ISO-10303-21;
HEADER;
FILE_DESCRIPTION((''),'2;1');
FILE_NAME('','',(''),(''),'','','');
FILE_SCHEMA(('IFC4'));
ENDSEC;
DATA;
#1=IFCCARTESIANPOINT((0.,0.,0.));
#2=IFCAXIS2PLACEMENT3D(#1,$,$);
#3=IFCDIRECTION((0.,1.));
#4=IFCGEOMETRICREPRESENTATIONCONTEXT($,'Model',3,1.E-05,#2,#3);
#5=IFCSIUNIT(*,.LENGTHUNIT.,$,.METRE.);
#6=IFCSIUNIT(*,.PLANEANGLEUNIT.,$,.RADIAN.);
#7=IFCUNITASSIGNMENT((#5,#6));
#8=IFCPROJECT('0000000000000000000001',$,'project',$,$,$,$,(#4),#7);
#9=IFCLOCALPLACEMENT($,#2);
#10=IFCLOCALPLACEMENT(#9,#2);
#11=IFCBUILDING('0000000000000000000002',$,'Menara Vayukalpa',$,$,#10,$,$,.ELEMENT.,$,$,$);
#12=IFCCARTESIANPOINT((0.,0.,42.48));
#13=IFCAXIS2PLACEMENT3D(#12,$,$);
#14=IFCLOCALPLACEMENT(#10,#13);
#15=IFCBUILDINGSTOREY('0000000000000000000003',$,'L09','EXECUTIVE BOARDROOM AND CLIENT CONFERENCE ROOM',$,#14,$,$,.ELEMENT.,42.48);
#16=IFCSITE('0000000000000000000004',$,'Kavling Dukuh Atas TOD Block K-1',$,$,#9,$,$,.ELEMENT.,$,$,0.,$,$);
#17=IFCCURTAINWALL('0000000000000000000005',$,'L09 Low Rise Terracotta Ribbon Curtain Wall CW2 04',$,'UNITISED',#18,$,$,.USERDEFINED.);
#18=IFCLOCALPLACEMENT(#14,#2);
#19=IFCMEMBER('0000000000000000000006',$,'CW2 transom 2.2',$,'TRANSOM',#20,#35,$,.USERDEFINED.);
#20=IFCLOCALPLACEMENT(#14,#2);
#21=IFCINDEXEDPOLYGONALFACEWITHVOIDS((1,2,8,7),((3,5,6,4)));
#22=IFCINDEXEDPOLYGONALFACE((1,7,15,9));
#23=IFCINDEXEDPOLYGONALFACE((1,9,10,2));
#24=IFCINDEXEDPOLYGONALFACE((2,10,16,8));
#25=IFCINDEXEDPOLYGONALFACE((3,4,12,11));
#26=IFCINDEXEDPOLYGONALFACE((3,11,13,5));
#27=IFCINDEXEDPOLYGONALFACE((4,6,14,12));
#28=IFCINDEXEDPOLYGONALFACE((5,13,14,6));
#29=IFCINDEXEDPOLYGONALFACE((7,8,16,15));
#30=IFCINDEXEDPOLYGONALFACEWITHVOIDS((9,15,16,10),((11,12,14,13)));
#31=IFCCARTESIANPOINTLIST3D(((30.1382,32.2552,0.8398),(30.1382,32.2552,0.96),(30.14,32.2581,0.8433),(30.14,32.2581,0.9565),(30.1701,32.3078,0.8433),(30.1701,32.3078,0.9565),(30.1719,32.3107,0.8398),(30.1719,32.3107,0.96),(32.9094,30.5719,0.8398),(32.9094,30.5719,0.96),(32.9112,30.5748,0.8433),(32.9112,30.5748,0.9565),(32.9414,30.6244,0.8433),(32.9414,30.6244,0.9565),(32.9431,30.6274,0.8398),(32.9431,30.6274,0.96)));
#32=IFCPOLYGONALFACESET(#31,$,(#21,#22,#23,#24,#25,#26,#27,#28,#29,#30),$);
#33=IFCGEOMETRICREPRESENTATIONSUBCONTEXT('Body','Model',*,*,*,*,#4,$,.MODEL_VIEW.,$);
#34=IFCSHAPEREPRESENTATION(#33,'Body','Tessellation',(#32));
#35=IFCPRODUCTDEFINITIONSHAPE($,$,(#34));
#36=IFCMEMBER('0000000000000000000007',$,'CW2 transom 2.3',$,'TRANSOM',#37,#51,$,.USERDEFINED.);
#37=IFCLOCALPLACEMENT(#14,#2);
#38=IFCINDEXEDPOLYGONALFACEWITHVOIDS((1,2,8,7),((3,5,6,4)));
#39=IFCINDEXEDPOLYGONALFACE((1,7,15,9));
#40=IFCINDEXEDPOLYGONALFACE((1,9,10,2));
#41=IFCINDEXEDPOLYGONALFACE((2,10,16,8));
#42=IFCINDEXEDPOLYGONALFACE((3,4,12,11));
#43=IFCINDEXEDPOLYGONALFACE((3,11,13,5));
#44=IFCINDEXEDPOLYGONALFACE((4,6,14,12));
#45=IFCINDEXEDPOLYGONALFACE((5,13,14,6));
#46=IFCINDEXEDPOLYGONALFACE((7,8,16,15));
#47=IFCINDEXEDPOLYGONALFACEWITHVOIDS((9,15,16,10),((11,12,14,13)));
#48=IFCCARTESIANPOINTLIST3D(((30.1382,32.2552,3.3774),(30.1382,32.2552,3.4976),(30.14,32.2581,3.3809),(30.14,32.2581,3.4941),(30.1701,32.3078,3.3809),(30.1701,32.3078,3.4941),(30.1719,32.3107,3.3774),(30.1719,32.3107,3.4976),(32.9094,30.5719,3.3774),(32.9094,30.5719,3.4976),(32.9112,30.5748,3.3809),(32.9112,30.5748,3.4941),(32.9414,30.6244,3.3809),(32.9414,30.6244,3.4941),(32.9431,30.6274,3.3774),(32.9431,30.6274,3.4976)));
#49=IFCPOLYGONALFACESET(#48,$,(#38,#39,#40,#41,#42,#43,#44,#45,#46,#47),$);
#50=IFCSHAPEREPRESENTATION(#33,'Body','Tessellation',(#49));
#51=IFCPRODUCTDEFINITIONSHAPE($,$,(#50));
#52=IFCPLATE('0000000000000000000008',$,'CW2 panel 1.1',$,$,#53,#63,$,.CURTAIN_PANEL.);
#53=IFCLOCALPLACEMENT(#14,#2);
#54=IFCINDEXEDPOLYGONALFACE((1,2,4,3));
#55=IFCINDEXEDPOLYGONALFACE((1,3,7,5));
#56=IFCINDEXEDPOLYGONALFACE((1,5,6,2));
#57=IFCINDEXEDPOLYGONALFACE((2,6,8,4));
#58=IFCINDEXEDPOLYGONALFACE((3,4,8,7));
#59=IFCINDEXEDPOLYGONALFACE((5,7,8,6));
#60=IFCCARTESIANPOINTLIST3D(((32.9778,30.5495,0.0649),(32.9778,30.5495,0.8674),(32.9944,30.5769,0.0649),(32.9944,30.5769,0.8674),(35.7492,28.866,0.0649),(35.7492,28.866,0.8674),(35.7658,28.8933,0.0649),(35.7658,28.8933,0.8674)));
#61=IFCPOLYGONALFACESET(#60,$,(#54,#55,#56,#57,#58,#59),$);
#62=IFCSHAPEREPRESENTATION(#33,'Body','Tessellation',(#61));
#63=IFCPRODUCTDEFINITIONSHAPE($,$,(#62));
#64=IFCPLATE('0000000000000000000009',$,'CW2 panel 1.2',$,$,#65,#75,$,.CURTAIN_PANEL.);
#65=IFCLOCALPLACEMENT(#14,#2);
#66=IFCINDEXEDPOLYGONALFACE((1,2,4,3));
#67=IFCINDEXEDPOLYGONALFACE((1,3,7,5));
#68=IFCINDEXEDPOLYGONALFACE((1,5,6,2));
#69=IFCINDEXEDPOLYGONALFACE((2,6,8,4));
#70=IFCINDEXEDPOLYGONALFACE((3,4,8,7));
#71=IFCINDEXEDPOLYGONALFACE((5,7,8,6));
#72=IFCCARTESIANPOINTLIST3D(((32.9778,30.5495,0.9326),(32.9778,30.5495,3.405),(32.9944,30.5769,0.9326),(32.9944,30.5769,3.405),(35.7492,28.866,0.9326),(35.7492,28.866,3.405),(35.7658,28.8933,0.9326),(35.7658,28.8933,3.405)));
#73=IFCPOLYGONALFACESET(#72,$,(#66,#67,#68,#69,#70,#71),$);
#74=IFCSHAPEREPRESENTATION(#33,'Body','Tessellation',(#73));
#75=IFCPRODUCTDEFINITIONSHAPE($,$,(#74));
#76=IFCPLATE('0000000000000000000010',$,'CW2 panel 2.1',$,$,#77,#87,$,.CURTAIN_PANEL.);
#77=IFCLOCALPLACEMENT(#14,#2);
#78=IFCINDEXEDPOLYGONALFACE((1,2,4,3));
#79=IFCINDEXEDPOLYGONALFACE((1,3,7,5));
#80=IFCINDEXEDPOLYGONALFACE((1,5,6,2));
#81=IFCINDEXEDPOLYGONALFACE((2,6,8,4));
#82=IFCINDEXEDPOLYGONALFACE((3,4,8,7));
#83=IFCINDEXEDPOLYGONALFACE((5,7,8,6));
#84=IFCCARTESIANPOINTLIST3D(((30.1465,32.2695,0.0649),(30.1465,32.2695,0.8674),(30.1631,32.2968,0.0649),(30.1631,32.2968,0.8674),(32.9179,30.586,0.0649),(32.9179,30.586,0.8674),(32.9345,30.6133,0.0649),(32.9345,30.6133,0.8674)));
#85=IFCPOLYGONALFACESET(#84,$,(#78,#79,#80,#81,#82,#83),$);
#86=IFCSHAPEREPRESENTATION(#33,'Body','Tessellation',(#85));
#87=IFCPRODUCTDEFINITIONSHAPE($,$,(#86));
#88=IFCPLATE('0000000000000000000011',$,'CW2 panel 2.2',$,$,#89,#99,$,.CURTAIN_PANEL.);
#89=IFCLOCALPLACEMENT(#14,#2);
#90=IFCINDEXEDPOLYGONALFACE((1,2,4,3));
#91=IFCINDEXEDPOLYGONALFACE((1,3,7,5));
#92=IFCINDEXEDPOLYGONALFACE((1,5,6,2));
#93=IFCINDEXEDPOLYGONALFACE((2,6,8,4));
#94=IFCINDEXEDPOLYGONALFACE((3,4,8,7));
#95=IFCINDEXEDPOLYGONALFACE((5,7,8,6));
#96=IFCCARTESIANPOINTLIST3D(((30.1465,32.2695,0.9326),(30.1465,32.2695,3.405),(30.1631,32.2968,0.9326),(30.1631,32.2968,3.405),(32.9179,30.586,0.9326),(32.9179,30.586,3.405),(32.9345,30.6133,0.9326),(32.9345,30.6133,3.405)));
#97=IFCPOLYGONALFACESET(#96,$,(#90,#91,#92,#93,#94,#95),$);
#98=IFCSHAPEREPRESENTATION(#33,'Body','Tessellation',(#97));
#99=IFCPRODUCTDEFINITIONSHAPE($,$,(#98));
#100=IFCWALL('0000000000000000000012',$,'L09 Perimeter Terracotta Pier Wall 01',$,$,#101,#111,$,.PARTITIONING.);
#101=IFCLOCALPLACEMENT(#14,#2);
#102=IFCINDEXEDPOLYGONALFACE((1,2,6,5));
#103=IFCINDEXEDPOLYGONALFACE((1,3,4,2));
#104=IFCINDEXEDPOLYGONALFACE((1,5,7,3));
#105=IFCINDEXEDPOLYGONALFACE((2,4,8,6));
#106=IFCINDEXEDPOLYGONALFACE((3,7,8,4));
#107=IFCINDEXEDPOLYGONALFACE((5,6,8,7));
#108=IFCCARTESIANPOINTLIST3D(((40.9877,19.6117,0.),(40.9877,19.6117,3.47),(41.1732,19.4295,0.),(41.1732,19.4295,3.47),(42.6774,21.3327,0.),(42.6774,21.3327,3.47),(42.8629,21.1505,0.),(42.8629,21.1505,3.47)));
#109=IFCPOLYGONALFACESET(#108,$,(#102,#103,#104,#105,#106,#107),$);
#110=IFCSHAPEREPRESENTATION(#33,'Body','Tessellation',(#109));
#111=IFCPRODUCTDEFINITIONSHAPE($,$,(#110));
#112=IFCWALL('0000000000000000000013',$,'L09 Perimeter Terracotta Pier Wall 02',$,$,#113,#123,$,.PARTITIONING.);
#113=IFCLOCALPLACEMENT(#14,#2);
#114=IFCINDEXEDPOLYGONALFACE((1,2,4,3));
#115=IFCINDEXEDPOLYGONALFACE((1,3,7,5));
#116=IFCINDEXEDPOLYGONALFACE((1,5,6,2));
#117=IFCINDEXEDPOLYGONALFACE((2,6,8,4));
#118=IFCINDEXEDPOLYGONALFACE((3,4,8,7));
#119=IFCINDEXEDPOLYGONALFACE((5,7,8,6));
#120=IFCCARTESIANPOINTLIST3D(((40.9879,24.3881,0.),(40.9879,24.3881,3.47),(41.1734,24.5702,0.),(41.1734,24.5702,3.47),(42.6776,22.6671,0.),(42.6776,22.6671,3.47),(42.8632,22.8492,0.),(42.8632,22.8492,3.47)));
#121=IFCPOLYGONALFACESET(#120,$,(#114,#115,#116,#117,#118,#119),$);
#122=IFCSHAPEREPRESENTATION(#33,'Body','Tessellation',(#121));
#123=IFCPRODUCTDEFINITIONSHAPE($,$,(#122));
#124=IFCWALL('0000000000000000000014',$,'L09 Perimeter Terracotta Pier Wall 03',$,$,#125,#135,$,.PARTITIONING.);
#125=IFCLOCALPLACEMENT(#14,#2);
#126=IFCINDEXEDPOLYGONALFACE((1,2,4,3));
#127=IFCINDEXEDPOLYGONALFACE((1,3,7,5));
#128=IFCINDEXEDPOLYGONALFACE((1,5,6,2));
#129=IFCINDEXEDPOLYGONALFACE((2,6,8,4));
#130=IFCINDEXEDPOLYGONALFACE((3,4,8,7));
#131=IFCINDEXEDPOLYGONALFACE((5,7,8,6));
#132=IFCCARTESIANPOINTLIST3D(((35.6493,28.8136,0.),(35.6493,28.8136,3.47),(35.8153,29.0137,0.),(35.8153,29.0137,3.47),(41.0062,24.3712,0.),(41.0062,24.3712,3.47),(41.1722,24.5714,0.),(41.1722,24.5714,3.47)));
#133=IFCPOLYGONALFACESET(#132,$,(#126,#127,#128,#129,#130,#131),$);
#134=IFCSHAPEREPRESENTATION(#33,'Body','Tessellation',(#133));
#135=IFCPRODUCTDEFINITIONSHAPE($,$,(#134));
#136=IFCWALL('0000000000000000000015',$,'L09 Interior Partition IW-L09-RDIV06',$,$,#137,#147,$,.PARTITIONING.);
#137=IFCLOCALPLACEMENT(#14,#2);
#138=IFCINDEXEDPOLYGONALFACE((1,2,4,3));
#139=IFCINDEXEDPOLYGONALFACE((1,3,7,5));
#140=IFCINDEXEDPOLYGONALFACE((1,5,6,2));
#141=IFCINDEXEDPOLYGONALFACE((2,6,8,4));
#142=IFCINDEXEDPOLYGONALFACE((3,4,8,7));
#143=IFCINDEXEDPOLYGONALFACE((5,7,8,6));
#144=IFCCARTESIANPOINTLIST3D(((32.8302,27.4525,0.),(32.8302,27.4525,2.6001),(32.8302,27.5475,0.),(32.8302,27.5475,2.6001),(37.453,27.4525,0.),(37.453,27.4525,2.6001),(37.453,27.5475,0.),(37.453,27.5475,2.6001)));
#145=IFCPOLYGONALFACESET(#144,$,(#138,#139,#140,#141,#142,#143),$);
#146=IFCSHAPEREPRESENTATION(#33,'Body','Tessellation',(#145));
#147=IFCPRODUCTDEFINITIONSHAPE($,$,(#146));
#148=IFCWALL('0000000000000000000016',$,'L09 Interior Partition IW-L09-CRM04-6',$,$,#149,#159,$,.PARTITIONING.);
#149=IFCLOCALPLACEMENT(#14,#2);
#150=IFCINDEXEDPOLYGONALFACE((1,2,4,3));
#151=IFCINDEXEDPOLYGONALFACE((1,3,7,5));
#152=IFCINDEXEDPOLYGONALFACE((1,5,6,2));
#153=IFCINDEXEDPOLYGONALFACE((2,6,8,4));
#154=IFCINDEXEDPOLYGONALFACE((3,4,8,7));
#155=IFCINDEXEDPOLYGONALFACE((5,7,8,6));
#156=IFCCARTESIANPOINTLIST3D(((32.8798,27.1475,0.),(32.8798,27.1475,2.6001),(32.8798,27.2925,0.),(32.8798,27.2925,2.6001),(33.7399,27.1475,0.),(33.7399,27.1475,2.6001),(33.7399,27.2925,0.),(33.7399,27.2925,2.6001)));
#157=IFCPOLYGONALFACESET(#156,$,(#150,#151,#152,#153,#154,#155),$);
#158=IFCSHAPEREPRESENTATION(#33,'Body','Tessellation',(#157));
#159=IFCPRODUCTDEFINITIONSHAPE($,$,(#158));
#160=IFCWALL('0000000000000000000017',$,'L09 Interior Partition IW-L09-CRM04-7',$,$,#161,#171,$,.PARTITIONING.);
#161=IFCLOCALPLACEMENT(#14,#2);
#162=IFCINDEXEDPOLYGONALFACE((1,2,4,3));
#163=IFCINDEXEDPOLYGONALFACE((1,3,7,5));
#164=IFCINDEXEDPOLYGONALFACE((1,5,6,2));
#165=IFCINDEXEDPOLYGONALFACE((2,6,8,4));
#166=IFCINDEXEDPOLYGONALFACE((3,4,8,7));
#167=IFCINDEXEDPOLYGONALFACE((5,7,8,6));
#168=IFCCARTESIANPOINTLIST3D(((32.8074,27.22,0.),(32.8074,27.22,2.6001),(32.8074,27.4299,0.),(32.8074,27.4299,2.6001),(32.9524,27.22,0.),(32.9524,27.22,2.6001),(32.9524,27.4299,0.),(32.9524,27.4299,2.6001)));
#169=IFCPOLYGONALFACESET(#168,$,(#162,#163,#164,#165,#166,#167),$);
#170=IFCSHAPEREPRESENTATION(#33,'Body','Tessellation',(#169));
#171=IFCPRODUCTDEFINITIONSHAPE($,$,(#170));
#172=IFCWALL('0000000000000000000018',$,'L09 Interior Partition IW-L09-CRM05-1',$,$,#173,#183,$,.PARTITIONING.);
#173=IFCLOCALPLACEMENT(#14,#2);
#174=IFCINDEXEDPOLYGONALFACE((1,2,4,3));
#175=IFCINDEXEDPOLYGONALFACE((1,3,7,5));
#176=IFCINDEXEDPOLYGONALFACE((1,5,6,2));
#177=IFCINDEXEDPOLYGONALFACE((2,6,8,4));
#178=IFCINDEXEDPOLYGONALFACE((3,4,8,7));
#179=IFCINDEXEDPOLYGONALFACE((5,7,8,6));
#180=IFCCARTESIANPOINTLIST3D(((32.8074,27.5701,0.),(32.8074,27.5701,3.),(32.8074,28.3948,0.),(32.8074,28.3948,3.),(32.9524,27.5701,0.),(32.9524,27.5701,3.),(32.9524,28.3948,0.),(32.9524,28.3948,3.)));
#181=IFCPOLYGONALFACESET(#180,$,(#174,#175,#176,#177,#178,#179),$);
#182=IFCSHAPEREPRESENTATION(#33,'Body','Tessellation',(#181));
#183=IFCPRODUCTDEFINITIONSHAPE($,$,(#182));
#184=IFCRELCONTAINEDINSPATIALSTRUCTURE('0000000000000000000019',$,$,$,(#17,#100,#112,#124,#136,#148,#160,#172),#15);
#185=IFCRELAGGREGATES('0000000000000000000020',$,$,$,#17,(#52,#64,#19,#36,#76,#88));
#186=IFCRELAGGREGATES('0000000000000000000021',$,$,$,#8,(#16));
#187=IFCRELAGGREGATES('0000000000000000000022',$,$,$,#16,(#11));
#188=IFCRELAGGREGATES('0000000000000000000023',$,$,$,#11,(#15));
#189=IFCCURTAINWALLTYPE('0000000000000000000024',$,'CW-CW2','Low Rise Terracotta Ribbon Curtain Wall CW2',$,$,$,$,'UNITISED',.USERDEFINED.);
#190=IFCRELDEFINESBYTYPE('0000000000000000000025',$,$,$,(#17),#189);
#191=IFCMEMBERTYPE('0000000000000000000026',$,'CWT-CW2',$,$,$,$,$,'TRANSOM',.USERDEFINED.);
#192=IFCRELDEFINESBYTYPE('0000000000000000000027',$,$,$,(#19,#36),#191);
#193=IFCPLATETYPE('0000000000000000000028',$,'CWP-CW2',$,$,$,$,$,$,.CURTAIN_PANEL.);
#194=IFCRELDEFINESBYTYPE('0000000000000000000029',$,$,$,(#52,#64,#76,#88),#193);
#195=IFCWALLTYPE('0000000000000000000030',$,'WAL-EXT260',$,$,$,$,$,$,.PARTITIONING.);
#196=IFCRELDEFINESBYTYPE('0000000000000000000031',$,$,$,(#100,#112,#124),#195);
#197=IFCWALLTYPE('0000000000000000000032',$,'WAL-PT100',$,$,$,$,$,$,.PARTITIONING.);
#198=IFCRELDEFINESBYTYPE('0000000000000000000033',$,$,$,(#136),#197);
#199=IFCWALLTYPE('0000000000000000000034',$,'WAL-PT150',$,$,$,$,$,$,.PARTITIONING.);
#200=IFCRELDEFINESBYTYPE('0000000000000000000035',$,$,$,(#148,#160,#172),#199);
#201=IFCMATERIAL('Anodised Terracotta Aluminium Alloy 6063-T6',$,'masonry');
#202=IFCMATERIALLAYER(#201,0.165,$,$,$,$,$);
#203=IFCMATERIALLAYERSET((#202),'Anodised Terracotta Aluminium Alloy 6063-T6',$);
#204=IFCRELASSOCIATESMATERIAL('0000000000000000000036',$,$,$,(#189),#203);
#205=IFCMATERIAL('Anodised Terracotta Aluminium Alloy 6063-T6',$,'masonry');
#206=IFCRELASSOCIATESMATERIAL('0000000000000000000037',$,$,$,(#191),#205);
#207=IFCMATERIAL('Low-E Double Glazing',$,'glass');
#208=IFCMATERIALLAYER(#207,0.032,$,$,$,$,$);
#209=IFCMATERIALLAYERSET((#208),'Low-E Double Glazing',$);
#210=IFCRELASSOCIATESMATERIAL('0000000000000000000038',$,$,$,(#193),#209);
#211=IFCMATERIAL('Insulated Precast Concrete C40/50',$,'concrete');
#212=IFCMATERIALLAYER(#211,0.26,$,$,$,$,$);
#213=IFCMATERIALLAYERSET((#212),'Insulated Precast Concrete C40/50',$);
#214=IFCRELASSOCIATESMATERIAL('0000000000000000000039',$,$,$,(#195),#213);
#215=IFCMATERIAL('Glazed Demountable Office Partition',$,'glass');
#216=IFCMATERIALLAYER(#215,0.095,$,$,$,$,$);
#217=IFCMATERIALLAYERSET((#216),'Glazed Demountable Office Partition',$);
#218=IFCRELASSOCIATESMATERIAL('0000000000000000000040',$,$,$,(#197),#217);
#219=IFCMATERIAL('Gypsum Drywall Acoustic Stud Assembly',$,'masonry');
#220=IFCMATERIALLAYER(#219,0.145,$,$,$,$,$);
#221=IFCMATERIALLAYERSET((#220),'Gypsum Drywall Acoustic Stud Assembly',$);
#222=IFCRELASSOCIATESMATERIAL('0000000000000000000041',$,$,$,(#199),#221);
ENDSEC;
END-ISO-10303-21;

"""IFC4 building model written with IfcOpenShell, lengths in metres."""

from ifc_helpers import new_model, si_unit, direction, frame, frame_2d, origin, origin_2d, place, context, subcontext, project, spatial, rectangle, hollow_rectangle, extrude, material, layer, layer_set, material_profile, profile_set, type_object, element, aggregate, save


model = new_model("IFC4")

# Units and contexts
model_context = context("Model", 3, precision=1e-05, world=origin(), true_north=direction((0.0, 1.0)))
body_context = subcontext(model_context, "Body", "Model", "MODEL_VIEW")
ifc_project = project(units=[si_unit("LENGTHUNIT", "METRE"), si_unit("PLANEANGLEUNIT", "RADIAN")], contexts=[model_context])

# Site, building, storey
site_placement = place(None, origin())
site = spatial("IfcSite", under=ifc_project, at=site_placement, Name="Kavling Dukuh Atas TOD Block K-1", CompositionType="ELEMENT", RefElevation=0.0)
building_placement = place(site_placement, origin())
building = spatial("IfcBuilding", under=site, at=building_placement, Name="Menara Vayukalpa", CompositionType="ELEMENT")
storey_placement = place(building_placement, frame((0.0, 0.0, 42.48)))
storey = spatial("IfcBuildingStorey", under=building, at=storey_placement, Name="L09", Description="EXECUTIVE BOARDROOM AND CLIENT CONFERENCE ROOM", CompositionType="ELEMENT", Elevation=42.48)

# Curtain wall, members, plates
ifc_material_1 = material(Name="Anodised Terracotta Aluminium Alloy 6063-T6", Category="masonry")
ifc_layer_1 = layer(ifc_material_1, 0.165)
ifc_layer_set_1 = layer_set([ifc_layer_1], Name="Anodised Terracotta Aluminium Alloy 6063-T6")
curtain_wall_type = type_object("IfcCurtainWallType", Name="CW-CW2", Description="Low Rise Terracotta Ribbon Curtain Wall CW2", ElementType="UNITISED", PredefinedType="USERDEFINED", material=ifc_layer_set_1)
curtain_wall_placement = place(storey_placement, origin())
curtain_wall = element("IfcCurtainWall", 1, at=curtain_wall_placement, inside=storey, type_object=curtain_wall_type, Name="L09 Low Rise Terracotta Ribbon Curtain Wall CW2 04", ObjectType="UNITISED", PredefinedType="USERDEFINED")
ifc_material_2 = material(Name="Anodised Terracotta Aluminium Alloy 6063-T6", Category="masonry")
ifc_material_profile_1 = material_profile(ifc_material_2, hollow_rectangle(XDim=0.0649, YDim=0.1201, WallThickness=0.0034, at=origin_2d()), Name="ALU 65x120x3.5")
ifc_profile_set_1 = profile_set([ifc_material_profile_1], Name="Anodised Terracotta Aluminium Alloy 6063-T6")
member_type_1 = type_object("IfcMemberType", Name="CWT-CW2", ElementType="TRANSOM", PredefinedType="USERDEFINED", material=ifc_profile_set_1)
member_1_placement = place(storey_placement, frame((32.9263, 30.5996, 0.8999), z_axis=(-0.854677, 0.519161, 0.0), x_axis=(-0.519161, -0.854677, 0.0)))
member_1 = element("IfcMember", 2, at=member_1_placement, type_object=member_type_1, Name="CW2 transom 2.2", ObjectType="TRANSOM", PredefinedType="USERDEFINED", context=body_context, shape_type="SweptSolid", body=[
    extrude(hollow_rectangle(XDim=0.0649, YDim=0.1201, WallThickness=0.0034, at=origin_2d()), origin(), (0.0, 0.0, 1.0), 3.2424),
])
member_2_placement = place(storey_placement, frame((32.9263, 30.5996, 3.4375), z_axis=(-0.854677, 0.519161, 0.0), x_axis=(-0.519161, -0.854677, 0.0)))
member_2 = element("IfcMember", 3, at=member_2_placement, type_object=member_type_1, Name="CW2 transom 2.3", ObjectType="TRANSOM", PredefinedType="USERDEFINED", context=body_context, shape_type="SweptSolid", body=[
    extrude(hollow_rectangle(XDim=0.0649, YDim=0.1201, WallThickness=0.0034, at=origin_2d()), origin(), (0.0, 0.0, 1.0), 3.2424),
])
ifc_material_3 = material(Name="Low-E Double Glazing", Category="glass")
ifc_layer_2 = layer(ifc_material_3, 0.032)
ifc_layer_set_2 = layer_set([ifc_layer_2], Name="Low-E Double Glazing")
plate_type = type_object("IfcPlateType", Name="CWP-CW2", PredefinedType="CURTAIN_PANEL", material=ifc_layer_set_2)
plate_1_placement = place(storey_placement, frame((34.3718, 29.7214, 0.0649), z_axis=(0.0, 0.0, 1.0), x_axis=(-0.854664, 0.519182, 0.0)))
plate_1 = element("IfcPlate", 4, at=plate_1_placement, type_object=plate_type, Name="CW2 panel 1.1", PredefinedType="CURTAIN_PANEL", context=body_context, shape_type="SweptSolid", body=[
    extrude(rectangle(XDim=3.2427, YDim=0.032, at=origin_2d()), origin(), (0.0, 0.0, 1.0), 0.8025),
])
plate_2_placement = place(storey_placement, frame((34.3718, 29.7214, 0.9326), z_axis=(0.0, 0.0, 1.0), x_axis=(-0.854664, 0.519182, 0.0)))
plate_2 = element("IfcPlate", 5, at=plate_2_placement, type_object=plate_type, Name="CW2 panel 1.2", PredefinedType="CURTAIN_PANEL", context=body_context, shape_type="SweptSolid", body=[
    extrude(rectangle(XDim=3.2427, YDim=0.032, at=origin_2d()), origin(), (0.0, 0.0, 1.0), 2.4724),
])
plate_3_placement = place(storey_placement, frame((31.5405, 31.4414, 0.0649), z_axis=(0.0, 0.0, 1.0), x_axis=(-0.854664, 0.519182, 0.0)))
plate_3 = element("IfcPlate", 6, at=plate_3_placement, type_object=plate_type, Name="CW2 panel 2.1", PredefinedType="CURTAIN_PANEL", context=body_context, shape_type="SweptSolid", body=[
    extrude(rectangle(XDim=3.2427, YDim=0.032, at=origin_2d()), origin(), (0.0, 0.0, 1.0), 0.8025),
])
plate_4_placement = place(storey_placement, frame((31.5405, 31.4414, 0.9326), z_axis=(0.0, 0.0, 1.0), x_axis=(-0.854664, 0.519182, 0.0)))
plate_4 = element("IfcPlate", 7, at=plate_4_placement, type_object=plate_type, Name="CW2 panel 2.2", PredefinedType="CURTAIN_PANEL", context=body_context, shape_type="SweptSolid", body=[
    extrude(rectangle(XDim=3.2427, YDim=0.032, at=origin_2d()), origin(), (0.0, 0.0, 1.0), 2.4724),
])
aggregate(curtain_wall, [plate_1, plate_2, member_1, member_2, plate_3, plate_4])

# Walls
ifc_material_4 = material(Name="Insulated Precast Concrete C40/50", Category="concrete")
ifc_layer_3 = layer(ifc_material_4, 0.26)
ifc_layer_set_3 = layer_set([ifc_layer_3], Name="Insulated Precast Concrete C40/50")
wall_type_1 = type_object("IfcWallType", Name="WAL-EXT260", PredefinedType="PARTITIONING", material=ifc_layer_set_3)
for number, where, z_axis, x_axis, name in (
    (8, (42.7703, 21.2417, 0.0), (0.0, 0.0, 1.0), (-0.700599, -0.713556, 0.0), "L09 Perimeter Terracotta Pier Wall 01"),
    (9, (41.0806, 24.4792, 0.0), (0.0, 0.0, 1.0), (0.700599, -0.713556, 0.0), "L09 Perimeter Terracotta Pier Wall 02"),
):
    element("IfcWall", number, at=place(storey_placement, frame(where, z_axis=z_axis, x_axis=x_axis)), inside=storey, type_object=wall_type_1, Name=name, PredefinedType="PARTITIONING", context=body_context, shape_type="SweptSolid", body=[
        extrude(rectangle(XDim=2.4119, YDim=0.26, at=frame_2d((1.2061, 0.0))), origin(), (0.0, 0.0, 1.0), 3.47),
    ])
wall_1_placement = place(storey_placement, frame((35.7324, 28.9136, 0.0), z_axis=(0.0, 0.0, 1.0), x_axis=(0.769755, -0.63834, 0.0)))
element("IfcWall", 10, at=wall_1_placement, inside=storey, type_object=wall_type_1, Name="L09 Perimeter Terracotta Pier Wall 03", PredefinedType="PARTITIONING", context=body_context, shape_type="SweptSolid", body=[
    extrude(rectangle(XDim=6.9592, YDim=0.26, at=frame_2d((3.4795, 0.0))), origin(), (0.0, 0.0, 1.0), 3.47),
])
ifc_material_5 = material(Name="Glazed Demountable Office Partition", Category="glass")
ifc_layer_4 = layer(ifc_material_5, 0.095)
ifc_layer_set_4 = layer_set([ifc_layer_4], Name="Glazed Demountable Office Partition")
wall_type_2 = type_object("IfcWallType", Name="WAL-PT100", PredefinedType="PARTITIONING", material=ifc_layer_set_4)
wall_2_placement = place(storey_placement, frame((32.8301, 27.5, 0.0), z_axis=(0.0, 0.0, 1.0), x_axis=(1.0, 0.0, 0.0)))
element("IfcWall", 11, at=wall_2_placement, inside=storey, type_object=wall_type_2, Name="L09 Interior Partition IW-L09-RDIV06", PredefinedType="PARTITIONING", context=body_context, shape_type="SweptSolid", body=[
    extrude(rectangle(XDim=4.6228, YDim=0.095, at=frame_2d((2.3115, 0.0))), origin(), (0.0, 0.0, 1.0), 2.6001),
])
ifc_material_6 = material(Name="Gypsum Drywall Acoustic Stud Assembly", Category="masonry")
ifc_layer_5 = layer(ifc_material_6, 0.145)
ifc_layer_set_5 = layer_set([ifc_layer_5], Name="Gypsum Drywall Acoustic Stud Assembly")
wall_type_3 = type_object("IfcWallType", Name="WAL-PT150", PredefinedType="PARTITIONING", material=ifc_layer_set_5)
wall_3_placement = place(storey_placement, frame((33.74, 27.22, 0.0), z_axis=(0.0, 0.0, 1.0), x_axis=(-1.0, 0.0, 0.0)))
element("IfcWall", 12, at=wall_3_placement, inside=storey, type_object=wall_type_3, Name="L09 Interior Partition IW-L09-CRM04-6", PredefinedType="PARTITIONING", context=body_context, shape_type="SweptSolid", body=[
    extrude(rectangle(XDim=0.8601, YDim=0.145, at=frame_2d((0.4302, 0.0))), origin(), (0.0, 0.0, 1.0), 2.6001),
])
wall_4_placement = place(storey_placement, frame((32.8799, 27.22, 0.0), z_axis=(0.0, 0.0, 1.0), x_axis=(0.0, 1.0, 0.0)))
element("IfcWall", 13, at=wall_4_placement, inside=storey, type_object=wall_type_3, Name="L09 Interior Partition IW-L09-CRM04-7", PredefinedType="PARTITIONING", context=body_context, shape_type="SweptSolid", body=[
    extrude(rectangle(XDim=0.21, YDim=0.145, at=frame_2d((0.105, 0.0))), origin(), (0.0, 0.0, 1.0), 2.6001),
])
wall_5_placement = place(storey_placement, frame((32.8799, 27.5701, 0.0), z_axis=(0.0, 0.0, 1.0), x_axis=(0.0, 1.0, 0.0)))
element("IfcWall", 14, at=wall_5_placement, inside=storey, type_object=wall_type_3, Name="L09 Interior Partition IW-L09-CRM05-1", PredefinedType="PARTITIONING", context=body_context, shape_type="SweptSolid", body=[
    extrude(rectangle(XDim=0.8247, YDim=0.145, at=frame_2d((0.4124, 0.0))), origin(), (0.0, 0.0, 1.0), 3.0),
])

save(model, "model.ifc")
